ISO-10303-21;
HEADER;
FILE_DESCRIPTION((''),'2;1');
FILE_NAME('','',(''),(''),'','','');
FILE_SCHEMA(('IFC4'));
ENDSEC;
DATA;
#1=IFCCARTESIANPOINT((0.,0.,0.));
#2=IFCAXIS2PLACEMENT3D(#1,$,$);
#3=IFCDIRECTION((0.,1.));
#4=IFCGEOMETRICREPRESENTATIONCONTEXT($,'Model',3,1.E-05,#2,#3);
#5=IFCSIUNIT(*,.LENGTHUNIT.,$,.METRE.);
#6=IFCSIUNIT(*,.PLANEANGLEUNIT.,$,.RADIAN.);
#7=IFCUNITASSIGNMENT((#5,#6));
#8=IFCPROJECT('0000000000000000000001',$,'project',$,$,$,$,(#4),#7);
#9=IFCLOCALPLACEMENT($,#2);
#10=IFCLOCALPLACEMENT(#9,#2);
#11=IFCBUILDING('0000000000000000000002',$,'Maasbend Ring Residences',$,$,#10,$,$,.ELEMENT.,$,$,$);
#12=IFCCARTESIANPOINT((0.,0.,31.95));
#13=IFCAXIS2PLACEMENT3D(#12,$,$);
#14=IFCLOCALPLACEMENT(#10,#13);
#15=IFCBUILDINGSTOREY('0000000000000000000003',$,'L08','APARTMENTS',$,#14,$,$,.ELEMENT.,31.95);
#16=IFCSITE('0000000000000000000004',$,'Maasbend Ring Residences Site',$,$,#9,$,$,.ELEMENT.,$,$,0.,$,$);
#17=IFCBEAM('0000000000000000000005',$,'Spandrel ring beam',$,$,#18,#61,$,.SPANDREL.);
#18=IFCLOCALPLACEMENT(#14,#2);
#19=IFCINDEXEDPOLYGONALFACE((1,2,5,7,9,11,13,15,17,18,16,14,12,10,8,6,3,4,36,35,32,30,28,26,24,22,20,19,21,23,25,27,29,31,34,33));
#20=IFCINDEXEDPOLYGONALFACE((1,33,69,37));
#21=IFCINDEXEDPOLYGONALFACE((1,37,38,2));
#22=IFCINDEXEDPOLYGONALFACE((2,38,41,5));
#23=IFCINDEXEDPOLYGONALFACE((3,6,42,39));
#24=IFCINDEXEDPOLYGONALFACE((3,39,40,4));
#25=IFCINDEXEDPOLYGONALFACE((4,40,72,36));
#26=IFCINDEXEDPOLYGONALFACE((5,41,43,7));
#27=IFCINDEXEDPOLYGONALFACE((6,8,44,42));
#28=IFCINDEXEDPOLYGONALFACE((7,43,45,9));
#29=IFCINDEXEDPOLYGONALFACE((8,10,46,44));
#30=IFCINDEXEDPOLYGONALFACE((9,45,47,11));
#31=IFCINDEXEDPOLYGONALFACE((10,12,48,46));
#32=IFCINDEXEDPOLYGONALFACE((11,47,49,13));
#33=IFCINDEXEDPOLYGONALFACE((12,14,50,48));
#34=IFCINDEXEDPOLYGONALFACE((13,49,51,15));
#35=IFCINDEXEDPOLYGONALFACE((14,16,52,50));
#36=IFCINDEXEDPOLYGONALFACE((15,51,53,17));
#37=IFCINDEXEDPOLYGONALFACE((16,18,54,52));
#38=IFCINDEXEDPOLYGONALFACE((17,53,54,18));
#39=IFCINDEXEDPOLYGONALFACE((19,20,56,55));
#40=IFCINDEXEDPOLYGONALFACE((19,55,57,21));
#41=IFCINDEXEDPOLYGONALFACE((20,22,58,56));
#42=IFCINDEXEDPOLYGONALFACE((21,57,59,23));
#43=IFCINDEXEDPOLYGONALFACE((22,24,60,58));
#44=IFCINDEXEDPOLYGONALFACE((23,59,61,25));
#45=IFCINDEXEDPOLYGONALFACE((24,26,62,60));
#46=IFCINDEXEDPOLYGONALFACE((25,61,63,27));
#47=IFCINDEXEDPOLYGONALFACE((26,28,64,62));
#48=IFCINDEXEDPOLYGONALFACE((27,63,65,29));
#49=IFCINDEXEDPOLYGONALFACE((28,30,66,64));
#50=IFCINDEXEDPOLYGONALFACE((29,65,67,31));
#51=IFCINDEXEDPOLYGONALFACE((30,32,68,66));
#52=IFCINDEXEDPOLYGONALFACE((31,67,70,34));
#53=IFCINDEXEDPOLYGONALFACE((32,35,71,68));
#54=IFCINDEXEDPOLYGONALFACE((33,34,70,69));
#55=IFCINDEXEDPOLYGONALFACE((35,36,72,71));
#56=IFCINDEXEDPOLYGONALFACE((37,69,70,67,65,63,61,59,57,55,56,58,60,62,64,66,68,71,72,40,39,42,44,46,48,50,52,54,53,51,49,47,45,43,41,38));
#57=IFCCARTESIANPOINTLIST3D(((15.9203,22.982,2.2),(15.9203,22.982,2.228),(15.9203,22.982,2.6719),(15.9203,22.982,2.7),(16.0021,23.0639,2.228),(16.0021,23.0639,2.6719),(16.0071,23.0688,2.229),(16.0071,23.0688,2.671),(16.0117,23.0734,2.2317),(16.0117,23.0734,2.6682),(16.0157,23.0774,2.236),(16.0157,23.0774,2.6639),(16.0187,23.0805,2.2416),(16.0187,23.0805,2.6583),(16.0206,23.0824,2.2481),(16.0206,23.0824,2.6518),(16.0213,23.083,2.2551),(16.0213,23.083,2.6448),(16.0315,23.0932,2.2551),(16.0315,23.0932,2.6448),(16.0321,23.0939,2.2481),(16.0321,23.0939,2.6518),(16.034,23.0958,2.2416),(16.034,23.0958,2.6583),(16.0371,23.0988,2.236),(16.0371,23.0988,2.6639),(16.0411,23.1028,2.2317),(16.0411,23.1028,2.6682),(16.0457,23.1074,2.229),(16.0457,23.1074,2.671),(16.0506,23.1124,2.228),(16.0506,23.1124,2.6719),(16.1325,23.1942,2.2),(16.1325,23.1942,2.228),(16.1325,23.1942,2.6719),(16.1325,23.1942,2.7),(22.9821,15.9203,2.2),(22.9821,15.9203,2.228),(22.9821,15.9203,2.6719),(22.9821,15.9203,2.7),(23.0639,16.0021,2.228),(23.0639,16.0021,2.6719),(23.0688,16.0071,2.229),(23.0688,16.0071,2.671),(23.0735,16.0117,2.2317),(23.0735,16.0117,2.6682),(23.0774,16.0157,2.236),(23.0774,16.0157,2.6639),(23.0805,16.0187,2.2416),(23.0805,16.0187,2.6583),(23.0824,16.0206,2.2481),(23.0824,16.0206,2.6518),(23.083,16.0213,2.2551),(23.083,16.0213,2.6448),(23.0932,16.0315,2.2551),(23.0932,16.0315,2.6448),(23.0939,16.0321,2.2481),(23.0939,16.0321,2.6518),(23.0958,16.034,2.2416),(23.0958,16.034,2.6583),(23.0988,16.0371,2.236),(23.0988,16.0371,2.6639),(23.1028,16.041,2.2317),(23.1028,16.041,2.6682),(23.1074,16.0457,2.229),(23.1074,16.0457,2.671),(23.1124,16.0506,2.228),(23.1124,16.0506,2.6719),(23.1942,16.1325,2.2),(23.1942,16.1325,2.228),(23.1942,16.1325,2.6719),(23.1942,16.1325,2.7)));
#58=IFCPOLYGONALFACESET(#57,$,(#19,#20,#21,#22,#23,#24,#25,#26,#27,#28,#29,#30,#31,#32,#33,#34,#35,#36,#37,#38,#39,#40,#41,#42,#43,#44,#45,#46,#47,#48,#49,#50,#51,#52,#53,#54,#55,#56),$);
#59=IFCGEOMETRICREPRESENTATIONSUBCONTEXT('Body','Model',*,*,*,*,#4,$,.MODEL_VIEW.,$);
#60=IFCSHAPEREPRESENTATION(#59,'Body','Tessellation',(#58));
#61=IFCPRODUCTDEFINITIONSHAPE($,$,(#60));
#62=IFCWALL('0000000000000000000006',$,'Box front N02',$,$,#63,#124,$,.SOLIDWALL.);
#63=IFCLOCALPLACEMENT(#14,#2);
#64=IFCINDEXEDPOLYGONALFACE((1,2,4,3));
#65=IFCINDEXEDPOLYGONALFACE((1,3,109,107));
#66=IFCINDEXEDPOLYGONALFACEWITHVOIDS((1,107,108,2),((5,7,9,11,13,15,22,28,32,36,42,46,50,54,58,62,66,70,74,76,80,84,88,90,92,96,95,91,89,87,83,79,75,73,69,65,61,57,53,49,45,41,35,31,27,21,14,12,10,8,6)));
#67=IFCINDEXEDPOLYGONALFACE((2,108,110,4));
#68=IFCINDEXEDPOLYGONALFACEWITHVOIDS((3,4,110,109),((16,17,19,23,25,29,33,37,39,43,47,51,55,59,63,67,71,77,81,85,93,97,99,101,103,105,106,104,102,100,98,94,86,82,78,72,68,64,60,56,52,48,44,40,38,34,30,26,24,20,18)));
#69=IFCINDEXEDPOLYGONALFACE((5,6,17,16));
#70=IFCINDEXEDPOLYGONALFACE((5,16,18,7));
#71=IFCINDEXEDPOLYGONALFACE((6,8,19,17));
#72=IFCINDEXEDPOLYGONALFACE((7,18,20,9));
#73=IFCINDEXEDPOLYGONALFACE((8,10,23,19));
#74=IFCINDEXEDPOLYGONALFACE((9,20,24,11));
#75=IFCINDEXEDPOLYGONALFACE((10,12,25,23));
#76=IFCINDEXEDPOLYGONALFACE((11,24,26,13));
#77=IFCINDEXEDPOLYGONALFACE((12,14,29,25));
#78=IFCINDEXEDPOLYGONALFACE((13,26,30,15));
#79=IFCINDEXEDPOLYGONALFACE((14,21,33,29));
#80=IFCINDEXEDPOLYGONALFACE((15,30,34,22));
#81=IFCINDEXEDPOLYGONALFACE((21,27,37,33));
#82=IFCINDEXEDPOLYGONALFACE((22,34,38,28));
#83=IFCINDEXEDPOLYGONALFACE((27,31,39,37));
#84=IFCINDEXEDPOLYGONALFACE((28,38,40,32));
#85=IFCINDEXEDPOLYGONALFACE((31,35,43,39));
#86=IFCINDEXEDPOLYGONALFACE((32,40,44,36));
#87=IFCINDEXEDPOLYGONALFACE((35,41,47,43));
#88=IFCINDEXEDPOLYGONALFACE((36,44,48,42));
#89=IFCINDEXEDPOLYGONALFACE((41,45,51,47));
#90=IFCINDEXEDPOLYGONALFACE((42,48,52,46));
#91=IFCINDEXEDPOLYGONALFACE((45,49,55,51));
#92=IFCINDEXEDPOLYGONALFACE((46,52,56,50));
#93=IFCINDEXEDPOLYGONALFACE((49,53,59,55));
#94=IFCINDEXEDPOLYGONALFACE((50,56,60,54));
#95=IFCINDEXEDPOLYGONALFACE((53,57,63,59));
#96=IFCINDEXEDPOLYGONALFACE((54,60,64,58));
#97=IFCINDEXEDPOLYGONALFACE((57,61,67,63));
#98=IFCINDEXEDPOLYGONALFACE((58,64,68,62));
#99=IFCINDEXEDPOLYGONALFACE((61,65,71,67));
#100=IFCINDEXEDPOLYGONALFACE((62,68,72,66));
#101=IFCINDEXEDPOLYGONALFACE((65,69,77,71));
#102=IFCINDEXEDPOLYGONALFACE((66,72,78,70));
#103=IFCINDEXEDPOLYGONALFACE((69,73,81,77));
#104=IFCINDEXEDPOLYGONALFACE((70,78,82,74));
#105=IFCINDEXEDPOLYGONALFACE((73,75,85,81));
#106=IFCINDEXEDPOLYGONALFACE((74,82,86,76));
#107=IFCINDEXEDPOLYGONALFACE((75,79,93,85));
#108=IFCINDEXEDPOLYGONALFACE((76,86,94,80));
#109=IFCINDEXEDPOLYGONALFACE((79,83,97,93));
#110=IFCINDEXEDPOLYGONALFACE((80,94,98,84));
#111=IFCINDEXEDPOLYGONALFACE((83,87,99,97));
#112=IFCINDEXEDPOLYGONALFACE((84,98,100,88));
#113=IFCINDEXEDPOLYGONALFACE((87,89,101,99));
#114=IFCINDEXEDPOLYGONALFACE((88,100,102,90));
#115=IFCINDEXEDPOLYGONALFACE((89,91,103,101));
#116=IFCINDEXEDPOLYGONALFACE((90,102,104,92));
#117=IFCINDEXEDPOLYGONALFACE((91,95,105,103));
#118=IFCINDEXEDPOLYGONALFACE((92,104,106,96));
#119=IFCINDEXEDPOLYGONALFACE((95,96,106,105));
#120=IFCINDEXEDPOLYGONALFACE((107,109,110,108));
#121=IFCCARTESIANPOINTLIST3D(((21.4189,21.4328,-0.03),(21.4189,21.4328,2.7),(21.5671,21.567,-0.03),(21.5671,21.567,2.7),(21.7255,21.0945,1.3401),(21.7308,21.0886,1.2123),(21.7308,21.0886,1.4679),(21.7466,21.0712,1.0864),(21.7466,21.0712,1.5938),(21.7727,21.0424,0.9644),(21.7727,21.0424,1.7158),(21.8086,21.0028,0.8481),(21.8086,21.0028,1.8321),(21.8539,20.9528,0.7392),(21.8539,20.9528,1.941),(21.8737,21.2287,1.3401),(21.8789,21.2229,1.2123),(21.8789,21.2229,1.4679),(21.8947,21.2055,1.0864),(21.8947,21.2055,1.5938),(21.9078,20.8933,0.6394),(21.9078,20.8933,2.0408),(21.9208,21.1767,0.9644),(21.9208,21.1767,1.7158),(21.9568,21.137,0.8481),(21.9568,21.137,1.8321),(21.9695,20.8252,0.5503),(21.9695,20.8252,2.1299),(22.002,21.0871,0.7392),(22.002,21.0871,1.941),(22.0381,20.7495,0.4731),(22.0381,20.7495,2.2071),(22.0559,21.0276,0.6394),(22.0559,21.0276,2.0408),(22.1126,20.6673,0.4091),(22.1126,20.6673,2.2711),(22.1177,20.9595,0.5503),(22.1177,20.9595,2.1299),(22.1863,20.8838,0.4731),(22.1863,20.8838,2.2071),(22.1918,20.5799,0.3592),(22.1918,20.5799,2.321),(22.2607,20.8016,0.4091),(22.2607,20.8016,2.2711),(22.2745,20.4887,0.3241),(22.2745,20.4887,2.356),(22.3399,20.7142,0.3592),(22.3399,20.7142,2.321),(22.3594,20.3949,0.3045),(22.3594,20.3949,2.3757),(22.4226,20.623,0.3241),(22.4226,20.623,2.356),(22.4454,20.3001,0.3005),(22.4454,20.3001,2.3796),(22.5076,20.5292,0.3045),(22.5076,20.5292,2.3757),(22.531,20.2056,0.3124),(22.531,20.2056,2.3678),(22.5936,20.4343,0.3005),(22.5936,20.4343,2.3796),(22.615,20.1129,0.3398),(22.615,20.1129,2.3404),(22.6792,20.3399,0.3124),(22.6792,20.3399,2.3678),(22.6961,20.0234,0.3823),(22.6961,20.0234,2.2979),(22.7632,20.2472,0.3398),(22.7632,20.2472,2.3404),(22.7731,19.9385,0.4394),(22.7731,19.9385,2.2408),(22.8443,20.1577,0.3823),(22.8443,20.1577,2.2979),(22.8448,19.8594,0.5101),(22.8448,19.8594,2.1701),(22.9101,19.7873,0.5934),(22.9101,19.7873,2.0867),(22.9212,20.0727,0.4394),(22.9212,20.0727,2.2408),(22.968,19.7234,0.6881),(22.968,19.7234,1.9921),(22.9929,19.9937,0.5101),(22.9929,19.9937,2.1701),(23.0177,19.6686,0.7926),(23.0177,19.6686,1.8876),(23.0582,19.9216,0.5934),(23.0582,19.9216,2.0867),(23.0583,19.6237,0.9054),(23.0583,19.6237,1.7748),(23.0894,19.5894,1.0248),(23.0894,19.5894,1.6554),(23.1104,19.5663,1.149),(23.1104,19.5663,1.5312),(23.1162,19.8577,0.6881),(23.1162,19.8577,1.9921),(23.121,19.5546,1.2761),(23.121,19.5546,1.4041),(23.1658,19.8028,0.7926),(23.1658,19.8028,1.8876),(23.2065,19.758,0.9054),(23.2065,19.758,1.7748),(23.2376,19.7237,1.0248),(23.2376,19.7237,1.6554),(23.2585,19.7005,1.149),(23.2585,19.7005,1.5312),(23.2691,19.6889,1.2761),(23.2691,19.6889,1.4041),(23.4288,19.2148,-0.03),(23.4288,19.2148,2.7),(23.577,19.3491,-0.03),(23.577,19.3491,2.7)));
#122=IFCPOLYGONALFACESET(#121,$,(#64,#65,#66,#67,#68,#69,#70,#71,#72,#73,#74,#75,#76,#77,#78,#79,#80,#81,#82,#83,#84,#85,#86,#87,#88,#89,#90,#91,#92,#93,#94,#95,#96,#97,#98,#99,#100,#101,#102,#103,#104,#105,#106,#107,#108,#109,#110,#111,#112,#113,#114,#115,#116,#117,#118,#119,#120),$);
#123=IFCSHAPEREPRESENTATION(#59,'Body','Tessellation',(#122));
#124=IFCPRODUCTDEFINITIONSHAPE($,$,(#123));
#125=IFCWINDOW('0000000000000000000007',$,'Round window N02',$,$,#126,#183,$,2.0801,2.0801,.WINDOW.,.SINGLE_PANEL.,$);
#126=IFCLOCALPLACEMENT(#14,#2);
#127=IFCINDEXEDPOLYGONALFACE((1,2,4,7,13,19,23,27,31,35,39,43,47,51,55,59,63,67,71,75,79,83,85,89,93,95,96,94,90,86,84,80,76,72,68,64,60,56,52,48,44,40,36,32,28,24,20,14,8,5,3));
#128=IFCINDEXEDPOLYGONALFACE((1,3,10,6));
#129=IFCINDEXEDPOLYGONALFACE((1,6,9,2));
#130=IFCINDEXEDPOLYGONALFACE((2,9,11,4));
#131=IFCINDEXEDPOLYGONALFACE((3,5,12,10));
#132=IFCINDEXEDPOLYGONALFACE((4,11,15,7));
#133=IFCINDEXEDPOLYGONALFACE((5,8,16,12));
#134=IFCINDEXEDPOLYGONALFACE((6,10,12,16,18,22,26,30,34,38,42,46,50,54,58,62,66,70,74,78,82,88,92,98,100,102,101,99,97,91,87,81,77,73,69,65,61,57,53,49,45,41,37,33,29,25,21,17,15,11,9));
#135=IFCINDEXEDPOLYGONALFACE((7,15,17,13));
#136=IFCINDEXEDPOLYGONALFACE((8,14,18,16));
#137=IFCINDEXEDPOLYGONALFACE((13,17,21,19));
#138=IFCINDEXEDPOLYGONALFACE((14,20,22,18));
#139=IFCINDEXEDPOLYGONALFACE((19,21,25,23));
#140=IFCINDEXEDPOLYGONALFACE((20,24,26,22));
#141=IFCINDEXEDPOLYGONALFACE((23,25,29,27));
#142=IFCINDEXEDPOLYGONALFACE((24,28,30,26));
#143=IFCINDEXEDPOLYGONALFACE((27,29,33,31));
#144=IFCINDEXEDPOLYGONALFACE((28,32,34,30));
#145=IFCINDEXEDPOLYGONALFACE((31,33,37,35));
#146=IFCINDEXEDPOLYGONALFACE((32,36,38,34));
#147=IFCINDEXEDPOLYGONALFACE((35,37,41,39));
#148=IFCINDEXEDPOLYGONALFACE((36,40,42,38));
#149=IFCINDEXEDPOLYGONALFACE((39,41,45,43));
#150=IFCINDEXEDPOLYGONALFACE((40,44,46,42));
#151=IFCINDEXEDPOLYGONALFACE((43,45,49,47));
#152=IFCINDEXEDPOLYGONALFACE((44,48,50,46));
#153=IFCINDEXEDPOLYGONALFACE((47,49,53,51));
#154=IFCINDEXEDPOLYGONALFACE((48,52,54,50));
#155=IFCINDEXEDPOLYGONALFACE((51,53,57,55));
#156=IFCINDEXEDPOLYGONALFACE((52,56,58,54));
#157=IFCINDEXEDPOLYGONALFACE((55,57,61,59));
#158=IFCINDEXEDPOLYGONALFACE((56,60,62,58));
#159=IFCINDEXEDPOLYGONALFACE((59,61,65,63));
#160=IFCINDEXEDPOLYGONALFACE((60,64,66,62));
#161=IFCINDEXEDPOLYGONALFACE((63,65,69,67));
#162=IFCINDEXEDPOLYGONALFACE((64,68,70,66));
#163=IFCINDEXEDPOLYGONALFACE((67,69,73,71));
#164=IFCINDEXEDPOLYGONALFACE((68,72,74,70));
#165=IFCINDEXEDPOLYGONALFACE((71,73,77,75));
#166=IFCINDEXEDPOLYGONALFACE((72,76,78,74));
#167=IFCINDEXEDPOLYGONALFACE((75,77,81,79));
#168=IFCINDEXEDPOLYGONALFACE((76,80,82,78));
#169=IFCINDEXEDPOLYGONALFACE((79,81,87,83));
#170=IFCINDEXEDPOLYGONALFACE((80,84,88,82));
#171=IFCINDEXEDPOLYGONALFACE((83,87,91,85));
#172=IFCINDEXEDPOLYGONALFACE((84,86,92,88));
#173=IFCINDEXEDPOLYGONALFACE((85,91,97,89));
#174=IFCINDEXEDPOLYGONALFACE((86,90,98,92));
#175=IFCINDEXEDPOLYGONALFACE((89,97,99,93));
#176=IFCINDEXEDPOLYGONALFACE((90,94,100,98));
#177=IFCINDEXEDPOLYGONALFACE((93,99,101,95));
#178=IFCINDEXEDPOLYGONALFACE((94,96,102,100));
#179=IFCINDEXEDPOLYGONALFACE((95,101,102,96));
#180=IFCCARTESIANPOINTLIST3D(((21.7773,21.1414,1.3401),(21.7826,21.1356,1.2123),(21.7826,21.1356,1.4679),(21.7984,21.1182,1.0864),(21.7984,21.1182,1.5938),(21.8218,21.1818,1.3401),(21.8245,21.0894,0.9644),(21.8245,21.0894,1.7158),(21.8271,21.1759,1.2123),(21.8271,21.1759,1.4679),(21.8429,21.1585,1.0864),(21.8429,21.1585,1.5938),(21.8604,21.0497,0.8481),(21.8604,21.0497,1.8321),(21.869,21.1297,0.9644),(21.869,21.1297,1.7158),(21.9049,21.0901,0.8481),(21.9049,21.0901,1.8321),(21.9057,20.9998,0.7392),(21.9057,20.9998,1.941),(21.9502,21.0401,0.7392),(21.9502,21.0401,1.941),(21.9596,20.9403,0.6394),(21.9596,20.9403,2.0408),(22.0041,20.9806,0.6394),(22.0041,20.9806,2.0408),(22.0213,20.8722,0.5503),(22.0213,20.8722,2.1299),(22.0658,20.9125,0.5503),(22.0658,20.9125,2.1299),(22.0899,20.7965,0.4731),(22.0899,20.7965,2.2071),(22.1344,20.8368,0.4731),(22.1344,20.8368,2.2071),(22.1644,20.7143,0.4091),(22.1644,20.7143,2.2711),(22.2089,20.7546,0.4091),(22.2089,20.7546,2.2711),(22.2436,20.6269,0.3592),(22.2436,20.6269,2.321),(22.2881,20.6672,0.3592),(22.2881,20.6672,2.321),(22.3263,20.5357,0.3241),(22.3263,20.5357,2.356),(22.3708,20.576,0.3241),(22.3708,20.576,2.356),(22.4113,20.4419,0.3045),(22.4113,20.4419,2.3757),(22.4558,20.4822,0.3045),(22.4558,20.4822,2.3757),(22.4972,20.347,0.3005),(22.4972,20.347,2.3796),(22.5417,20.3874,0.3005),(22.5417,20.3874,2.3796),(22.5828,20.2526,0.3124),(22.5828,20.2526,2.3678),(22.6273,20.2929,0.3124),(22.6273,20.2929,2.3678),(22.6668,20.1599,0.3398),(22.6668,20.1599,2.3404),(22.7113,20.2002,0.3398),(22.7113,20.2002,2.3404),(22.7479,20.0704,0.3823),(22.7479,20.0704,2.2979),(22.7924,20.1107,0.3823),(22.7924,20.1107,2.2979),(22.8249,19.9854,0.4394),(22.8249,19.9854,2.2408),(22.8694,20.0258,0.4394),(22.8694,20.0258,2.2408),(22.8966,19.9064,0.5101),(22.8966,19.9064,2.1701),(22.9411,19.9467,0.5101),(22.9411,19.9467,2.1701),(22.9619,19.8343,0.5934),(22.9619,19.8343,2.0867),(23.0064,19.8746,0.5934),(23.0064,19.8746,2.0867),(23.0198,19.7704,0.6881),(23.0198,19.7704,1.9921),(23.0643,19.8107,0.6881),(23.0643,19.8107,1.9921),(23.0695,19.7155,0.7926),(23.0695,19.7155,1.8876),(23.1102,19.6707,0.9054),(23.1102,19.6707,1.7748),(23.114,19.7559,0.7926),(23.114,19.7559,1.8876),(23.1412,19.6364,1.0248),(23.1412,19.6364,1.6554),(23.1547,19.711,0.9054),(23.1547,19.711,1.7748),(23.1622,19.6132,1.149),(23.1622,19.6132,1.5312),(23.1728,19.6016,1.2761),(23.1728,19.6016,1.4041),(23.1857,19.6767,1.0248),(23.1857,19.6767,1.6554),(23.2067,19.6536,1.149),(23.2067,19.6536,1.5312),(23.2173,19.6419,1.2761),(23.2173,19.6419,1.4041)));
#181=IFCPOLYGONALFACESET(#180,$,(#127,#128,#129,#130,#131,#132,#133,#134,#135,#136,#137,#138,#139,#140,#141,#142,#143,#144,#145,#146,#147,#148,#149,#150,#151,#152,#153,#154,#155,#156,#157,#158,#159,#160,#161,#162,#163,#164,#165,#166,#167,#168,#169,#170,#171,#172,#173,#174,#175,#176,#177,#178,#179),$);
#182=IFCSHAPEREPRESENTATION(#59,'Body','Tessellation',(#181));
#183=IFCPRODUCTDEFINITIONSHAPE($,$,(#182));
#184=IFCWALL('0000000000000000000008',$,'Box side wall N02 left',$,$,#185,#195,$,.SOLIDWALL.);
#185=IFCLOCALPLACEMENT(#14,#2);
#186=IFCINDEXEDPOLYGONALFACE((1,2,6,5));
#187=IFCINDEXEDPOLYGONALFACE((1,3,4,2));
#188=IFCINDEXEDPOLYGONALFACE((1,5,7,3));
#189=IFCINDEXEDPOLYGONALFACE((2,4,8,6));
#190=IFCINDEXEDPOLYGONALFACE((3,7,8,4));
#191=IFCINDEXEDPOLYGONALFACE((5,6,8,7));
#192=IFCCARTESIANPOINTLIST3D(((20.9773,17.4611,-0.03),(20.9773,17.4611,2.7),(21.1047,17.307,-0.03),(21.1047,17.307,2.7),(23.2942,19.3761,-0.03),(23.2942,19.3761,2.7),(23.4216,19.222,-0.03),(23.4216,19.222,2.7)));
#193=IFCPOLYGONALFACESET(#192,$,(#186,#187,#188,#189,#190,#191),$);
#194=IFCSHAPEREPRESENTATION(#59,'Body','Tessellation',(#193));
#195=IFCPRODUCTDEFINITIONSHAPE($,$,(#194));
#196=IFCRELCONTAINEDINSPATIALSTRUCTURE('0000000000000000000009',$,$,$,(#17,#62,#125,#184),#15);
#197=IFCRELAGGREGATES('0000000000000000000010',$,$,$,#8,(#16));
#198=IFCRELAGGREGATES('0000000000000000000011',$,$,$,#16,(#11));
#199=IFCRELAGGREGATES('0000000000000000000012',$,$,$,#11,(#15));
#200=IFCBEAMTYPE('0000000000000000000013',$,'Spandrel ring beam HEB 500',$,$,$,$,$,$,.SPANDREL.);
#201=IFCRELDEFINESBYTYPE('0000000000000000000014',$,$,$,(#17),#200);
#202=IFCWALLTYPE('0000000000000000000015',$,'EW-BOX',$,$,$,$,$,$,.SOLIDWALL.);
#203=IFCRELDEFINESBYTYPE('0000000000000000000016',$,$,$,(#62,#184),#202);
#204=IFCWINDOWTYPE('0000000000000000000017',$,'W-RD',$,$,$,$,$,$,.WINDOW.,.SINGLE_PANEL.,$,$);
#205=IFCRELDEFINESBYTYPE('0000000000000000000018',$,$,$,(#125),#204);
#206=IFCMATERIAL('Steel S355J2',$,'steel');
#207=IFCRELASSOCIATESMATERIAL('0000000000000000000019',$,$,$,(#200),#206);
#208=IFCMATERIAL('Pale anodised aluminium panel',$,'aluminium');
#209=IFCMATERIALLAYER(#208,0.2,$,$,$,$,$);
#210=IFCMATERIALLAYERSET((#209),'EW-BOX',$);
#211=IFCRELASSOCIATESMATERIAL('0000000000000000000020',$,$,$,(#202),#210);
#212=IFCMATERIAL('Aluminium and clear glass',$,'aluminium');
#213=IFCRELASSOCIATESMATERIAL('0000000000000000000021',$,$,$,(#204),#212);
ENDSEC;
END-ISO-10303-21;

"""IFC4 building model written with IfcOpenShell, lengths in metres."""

from ifc_helpers import new_model, si_unit, direction, frame, frame_2d, origin, origin_2d, place, context, subcontext, project, spatial, rectangle, circle, i_section, extrude, material, layer, layer_set, material_profile, profile_set, type_object, element, fill, save


model = new_model("IFC4")

# Units and contexts
model_context = context("Model", 3, precision=1e-05, world=origin(), true_north=direction((0.0, 1.0)))
body_context = subcontext(model_context, "Body", "Model", "MODEL_VIEW")
ifc_project = project(units=[si_unit("LENGTHUNIT", "METRE"), si_unit("PLANEANGLEUNIT", "RADIAN")], contexts=[model_context])

# Site, building, storey
site_placement = place(None, origin())
site = spatial("IfcSite", under=ifc_project, at=site_placement, Name="Maasbend Ring Residences Site", CompositionType="ELEMENT", RefElevation=0.0)
building_placement = place(site_placement, origin())
building = spatial("IfcBuilding", under=site, at=building_placement, Name="Maasbend Ring Residences", CompositionType="ELEMENT")
storey_placement = place(building_placement, frame((0.0, 0.0, 31.95)))
storey = spatial("IfcBuildingStorey", under=building, at=storey_placement, Name="L08", Description="APARTMENTS", CompositionType="ELEMENT", Elevation=31.95)

# Beam
ifc_material_1 = material(Name="Steel S355J2", Category="steel")
ifc_material_profile_1 = material_profile(ifc_material_1, i_section(OverallWidth=0.3, OverallDepth=0.5, WebThickness=0.0144, FlangeThickness=0.0281, FilletRadius=0.0271, at=origin_2d()), Name="HEB 500")
ifc_profile_set_1 = profile_set([ifc_material_profile_1], Name="Steel S355J2")
beam_type = type_object("IfcBeamType", Name="Spandrel ring beam HEB 500", PredefinedType="SPANDREL", material=ifc_profile_set_1)
beam_placement = place(storey_placement, frame((23.0881, 16.0264, 2.45), z_axis=(-0.707107, 0.707107, 0.0), x_axis=(-0.707107, -0.707107, 0.0)))
element("IfcBeam", 1, at=beam_placement, inside=storey, type_object=beam_type, Name="Spandrel ring beam", PredefinedType="SPANDREL", context=body_context, shape_type="SweptSolid", body=[
    extrude(i_section(OverallWidth=0.3, OverallDepth=0.5, WebThickness=0.0144, FlangeThickness=0.0281, FilletRadius=0.0271, at=origin_2d()), origin(), (0.0, 0.0, 1.0), 9.9868),
])

# Wall, opening, window
ifc_material_2 = material(Name="Pale anodised aluminium panel", Category="aluminium")
ifc_layer_1 = layer(ifc_material_2, 0.2)
ifc_layer_set_1 = layer_set([ifc_layer_1], Name="EW-BOX")
wall_type_1 = type_object("IfcWallType", Name="EW-BOX", PredefinedType="SOLIDWALL", material=ifc_layer_set_1)
wall_1_placement = place(storey_placement, frame((23.5029, 19.282, -0.03), z_axis=(0.0, 0.0, 1.0), x_axis=(-0.671507, 0.740998, 0.0)))
wall_1 = element("IfcWall", 2, at=wall_1_placement, inside=storey, type_object=wall_type_1, Name="Box front N02", PredefinedType="SOLIDWALL", context=body_context, shape_type="SweptSolid", body=[
    extrude(rectangle(XDim=2.9932, YDim=0.2, at=frame_2d((1.4966, 0.0))), origin(), (0.0, 0.0, 1.0), 2.73),
])
opening_1_placement = place(wall_1_placement, frame((0.4565, 0.0, 0.3301)))
opening_1 = element("IfcOpeningElement", 3, at=opening_1_placement, cuts=wall_1, PredefinedType="OPENING", context=body_context, shape_type="SweptSolid", body=[
    extrude(circle(Radius=1.04, at=frame_2d((1.04, 1.04))), frame((0.0, 0.1099, 0.0), z_axis=(0.0, -1.0, 0.0), x_axis=(1.0, 0.0, 0.0)), (0.0, 0.0, 1.0), 0.22),
])
ifc_material_3 = material(Name="Aluminium and clear glass", Category="aluminium")
window_type_1 = type_object("IfcWindowType", Name="W-RD", PartitioningType="SINGLE_PANEL", PredefinedType="WINDOW", material=ifc_material_3)
window_1_placement = place(opening_1_placement, origin())
window_1 = element("IfcWindow", 4, at=window_1_placement, inside=storey, type_object=window_type_1, Name="Round window N02", OverallHeight=2.0801, OverallWidth=2.0801, PartitioningType="SINGLE_PANEL", PredefinedType="WINDOW", context=body_context, shape_type="SweptSolid", body=[
    extrude(circle(Radius=1.04, at=frame_2d((1.04, 1.04))), frame((0.0, 0.03, 0.0), z_axis=(0.0, -1.0, 0.0), x_axis=(1.0, 0.0, 0.0)), (0.0, 0.0, 1.0), 0.0601),
])
fill(opening_1, window_1)

# Wall
wall_2_placement = place(storey_placement, frame((21.041, 17.384, -0.03), z_axis=(0.0, 0.0, 1.0), x_axis=(0.770785, 0.637096, 0.0)))
element("IfcWall", 5, at=wall_2_placement, inside=storey, type_object=wall_type_1, Name="Box side wall N02 left", PredefinedType="SOLIDWALL", context=body_context, shape_type="SweptSolid", body=[
    extrude(rectangle(XDim=3.0059, YDim=0.2, at=frame_2d((1.5029, 0.0))), origin(), (0.0, 0.0, 1.0), 2.73),
])

save(model, "model.ifc")
